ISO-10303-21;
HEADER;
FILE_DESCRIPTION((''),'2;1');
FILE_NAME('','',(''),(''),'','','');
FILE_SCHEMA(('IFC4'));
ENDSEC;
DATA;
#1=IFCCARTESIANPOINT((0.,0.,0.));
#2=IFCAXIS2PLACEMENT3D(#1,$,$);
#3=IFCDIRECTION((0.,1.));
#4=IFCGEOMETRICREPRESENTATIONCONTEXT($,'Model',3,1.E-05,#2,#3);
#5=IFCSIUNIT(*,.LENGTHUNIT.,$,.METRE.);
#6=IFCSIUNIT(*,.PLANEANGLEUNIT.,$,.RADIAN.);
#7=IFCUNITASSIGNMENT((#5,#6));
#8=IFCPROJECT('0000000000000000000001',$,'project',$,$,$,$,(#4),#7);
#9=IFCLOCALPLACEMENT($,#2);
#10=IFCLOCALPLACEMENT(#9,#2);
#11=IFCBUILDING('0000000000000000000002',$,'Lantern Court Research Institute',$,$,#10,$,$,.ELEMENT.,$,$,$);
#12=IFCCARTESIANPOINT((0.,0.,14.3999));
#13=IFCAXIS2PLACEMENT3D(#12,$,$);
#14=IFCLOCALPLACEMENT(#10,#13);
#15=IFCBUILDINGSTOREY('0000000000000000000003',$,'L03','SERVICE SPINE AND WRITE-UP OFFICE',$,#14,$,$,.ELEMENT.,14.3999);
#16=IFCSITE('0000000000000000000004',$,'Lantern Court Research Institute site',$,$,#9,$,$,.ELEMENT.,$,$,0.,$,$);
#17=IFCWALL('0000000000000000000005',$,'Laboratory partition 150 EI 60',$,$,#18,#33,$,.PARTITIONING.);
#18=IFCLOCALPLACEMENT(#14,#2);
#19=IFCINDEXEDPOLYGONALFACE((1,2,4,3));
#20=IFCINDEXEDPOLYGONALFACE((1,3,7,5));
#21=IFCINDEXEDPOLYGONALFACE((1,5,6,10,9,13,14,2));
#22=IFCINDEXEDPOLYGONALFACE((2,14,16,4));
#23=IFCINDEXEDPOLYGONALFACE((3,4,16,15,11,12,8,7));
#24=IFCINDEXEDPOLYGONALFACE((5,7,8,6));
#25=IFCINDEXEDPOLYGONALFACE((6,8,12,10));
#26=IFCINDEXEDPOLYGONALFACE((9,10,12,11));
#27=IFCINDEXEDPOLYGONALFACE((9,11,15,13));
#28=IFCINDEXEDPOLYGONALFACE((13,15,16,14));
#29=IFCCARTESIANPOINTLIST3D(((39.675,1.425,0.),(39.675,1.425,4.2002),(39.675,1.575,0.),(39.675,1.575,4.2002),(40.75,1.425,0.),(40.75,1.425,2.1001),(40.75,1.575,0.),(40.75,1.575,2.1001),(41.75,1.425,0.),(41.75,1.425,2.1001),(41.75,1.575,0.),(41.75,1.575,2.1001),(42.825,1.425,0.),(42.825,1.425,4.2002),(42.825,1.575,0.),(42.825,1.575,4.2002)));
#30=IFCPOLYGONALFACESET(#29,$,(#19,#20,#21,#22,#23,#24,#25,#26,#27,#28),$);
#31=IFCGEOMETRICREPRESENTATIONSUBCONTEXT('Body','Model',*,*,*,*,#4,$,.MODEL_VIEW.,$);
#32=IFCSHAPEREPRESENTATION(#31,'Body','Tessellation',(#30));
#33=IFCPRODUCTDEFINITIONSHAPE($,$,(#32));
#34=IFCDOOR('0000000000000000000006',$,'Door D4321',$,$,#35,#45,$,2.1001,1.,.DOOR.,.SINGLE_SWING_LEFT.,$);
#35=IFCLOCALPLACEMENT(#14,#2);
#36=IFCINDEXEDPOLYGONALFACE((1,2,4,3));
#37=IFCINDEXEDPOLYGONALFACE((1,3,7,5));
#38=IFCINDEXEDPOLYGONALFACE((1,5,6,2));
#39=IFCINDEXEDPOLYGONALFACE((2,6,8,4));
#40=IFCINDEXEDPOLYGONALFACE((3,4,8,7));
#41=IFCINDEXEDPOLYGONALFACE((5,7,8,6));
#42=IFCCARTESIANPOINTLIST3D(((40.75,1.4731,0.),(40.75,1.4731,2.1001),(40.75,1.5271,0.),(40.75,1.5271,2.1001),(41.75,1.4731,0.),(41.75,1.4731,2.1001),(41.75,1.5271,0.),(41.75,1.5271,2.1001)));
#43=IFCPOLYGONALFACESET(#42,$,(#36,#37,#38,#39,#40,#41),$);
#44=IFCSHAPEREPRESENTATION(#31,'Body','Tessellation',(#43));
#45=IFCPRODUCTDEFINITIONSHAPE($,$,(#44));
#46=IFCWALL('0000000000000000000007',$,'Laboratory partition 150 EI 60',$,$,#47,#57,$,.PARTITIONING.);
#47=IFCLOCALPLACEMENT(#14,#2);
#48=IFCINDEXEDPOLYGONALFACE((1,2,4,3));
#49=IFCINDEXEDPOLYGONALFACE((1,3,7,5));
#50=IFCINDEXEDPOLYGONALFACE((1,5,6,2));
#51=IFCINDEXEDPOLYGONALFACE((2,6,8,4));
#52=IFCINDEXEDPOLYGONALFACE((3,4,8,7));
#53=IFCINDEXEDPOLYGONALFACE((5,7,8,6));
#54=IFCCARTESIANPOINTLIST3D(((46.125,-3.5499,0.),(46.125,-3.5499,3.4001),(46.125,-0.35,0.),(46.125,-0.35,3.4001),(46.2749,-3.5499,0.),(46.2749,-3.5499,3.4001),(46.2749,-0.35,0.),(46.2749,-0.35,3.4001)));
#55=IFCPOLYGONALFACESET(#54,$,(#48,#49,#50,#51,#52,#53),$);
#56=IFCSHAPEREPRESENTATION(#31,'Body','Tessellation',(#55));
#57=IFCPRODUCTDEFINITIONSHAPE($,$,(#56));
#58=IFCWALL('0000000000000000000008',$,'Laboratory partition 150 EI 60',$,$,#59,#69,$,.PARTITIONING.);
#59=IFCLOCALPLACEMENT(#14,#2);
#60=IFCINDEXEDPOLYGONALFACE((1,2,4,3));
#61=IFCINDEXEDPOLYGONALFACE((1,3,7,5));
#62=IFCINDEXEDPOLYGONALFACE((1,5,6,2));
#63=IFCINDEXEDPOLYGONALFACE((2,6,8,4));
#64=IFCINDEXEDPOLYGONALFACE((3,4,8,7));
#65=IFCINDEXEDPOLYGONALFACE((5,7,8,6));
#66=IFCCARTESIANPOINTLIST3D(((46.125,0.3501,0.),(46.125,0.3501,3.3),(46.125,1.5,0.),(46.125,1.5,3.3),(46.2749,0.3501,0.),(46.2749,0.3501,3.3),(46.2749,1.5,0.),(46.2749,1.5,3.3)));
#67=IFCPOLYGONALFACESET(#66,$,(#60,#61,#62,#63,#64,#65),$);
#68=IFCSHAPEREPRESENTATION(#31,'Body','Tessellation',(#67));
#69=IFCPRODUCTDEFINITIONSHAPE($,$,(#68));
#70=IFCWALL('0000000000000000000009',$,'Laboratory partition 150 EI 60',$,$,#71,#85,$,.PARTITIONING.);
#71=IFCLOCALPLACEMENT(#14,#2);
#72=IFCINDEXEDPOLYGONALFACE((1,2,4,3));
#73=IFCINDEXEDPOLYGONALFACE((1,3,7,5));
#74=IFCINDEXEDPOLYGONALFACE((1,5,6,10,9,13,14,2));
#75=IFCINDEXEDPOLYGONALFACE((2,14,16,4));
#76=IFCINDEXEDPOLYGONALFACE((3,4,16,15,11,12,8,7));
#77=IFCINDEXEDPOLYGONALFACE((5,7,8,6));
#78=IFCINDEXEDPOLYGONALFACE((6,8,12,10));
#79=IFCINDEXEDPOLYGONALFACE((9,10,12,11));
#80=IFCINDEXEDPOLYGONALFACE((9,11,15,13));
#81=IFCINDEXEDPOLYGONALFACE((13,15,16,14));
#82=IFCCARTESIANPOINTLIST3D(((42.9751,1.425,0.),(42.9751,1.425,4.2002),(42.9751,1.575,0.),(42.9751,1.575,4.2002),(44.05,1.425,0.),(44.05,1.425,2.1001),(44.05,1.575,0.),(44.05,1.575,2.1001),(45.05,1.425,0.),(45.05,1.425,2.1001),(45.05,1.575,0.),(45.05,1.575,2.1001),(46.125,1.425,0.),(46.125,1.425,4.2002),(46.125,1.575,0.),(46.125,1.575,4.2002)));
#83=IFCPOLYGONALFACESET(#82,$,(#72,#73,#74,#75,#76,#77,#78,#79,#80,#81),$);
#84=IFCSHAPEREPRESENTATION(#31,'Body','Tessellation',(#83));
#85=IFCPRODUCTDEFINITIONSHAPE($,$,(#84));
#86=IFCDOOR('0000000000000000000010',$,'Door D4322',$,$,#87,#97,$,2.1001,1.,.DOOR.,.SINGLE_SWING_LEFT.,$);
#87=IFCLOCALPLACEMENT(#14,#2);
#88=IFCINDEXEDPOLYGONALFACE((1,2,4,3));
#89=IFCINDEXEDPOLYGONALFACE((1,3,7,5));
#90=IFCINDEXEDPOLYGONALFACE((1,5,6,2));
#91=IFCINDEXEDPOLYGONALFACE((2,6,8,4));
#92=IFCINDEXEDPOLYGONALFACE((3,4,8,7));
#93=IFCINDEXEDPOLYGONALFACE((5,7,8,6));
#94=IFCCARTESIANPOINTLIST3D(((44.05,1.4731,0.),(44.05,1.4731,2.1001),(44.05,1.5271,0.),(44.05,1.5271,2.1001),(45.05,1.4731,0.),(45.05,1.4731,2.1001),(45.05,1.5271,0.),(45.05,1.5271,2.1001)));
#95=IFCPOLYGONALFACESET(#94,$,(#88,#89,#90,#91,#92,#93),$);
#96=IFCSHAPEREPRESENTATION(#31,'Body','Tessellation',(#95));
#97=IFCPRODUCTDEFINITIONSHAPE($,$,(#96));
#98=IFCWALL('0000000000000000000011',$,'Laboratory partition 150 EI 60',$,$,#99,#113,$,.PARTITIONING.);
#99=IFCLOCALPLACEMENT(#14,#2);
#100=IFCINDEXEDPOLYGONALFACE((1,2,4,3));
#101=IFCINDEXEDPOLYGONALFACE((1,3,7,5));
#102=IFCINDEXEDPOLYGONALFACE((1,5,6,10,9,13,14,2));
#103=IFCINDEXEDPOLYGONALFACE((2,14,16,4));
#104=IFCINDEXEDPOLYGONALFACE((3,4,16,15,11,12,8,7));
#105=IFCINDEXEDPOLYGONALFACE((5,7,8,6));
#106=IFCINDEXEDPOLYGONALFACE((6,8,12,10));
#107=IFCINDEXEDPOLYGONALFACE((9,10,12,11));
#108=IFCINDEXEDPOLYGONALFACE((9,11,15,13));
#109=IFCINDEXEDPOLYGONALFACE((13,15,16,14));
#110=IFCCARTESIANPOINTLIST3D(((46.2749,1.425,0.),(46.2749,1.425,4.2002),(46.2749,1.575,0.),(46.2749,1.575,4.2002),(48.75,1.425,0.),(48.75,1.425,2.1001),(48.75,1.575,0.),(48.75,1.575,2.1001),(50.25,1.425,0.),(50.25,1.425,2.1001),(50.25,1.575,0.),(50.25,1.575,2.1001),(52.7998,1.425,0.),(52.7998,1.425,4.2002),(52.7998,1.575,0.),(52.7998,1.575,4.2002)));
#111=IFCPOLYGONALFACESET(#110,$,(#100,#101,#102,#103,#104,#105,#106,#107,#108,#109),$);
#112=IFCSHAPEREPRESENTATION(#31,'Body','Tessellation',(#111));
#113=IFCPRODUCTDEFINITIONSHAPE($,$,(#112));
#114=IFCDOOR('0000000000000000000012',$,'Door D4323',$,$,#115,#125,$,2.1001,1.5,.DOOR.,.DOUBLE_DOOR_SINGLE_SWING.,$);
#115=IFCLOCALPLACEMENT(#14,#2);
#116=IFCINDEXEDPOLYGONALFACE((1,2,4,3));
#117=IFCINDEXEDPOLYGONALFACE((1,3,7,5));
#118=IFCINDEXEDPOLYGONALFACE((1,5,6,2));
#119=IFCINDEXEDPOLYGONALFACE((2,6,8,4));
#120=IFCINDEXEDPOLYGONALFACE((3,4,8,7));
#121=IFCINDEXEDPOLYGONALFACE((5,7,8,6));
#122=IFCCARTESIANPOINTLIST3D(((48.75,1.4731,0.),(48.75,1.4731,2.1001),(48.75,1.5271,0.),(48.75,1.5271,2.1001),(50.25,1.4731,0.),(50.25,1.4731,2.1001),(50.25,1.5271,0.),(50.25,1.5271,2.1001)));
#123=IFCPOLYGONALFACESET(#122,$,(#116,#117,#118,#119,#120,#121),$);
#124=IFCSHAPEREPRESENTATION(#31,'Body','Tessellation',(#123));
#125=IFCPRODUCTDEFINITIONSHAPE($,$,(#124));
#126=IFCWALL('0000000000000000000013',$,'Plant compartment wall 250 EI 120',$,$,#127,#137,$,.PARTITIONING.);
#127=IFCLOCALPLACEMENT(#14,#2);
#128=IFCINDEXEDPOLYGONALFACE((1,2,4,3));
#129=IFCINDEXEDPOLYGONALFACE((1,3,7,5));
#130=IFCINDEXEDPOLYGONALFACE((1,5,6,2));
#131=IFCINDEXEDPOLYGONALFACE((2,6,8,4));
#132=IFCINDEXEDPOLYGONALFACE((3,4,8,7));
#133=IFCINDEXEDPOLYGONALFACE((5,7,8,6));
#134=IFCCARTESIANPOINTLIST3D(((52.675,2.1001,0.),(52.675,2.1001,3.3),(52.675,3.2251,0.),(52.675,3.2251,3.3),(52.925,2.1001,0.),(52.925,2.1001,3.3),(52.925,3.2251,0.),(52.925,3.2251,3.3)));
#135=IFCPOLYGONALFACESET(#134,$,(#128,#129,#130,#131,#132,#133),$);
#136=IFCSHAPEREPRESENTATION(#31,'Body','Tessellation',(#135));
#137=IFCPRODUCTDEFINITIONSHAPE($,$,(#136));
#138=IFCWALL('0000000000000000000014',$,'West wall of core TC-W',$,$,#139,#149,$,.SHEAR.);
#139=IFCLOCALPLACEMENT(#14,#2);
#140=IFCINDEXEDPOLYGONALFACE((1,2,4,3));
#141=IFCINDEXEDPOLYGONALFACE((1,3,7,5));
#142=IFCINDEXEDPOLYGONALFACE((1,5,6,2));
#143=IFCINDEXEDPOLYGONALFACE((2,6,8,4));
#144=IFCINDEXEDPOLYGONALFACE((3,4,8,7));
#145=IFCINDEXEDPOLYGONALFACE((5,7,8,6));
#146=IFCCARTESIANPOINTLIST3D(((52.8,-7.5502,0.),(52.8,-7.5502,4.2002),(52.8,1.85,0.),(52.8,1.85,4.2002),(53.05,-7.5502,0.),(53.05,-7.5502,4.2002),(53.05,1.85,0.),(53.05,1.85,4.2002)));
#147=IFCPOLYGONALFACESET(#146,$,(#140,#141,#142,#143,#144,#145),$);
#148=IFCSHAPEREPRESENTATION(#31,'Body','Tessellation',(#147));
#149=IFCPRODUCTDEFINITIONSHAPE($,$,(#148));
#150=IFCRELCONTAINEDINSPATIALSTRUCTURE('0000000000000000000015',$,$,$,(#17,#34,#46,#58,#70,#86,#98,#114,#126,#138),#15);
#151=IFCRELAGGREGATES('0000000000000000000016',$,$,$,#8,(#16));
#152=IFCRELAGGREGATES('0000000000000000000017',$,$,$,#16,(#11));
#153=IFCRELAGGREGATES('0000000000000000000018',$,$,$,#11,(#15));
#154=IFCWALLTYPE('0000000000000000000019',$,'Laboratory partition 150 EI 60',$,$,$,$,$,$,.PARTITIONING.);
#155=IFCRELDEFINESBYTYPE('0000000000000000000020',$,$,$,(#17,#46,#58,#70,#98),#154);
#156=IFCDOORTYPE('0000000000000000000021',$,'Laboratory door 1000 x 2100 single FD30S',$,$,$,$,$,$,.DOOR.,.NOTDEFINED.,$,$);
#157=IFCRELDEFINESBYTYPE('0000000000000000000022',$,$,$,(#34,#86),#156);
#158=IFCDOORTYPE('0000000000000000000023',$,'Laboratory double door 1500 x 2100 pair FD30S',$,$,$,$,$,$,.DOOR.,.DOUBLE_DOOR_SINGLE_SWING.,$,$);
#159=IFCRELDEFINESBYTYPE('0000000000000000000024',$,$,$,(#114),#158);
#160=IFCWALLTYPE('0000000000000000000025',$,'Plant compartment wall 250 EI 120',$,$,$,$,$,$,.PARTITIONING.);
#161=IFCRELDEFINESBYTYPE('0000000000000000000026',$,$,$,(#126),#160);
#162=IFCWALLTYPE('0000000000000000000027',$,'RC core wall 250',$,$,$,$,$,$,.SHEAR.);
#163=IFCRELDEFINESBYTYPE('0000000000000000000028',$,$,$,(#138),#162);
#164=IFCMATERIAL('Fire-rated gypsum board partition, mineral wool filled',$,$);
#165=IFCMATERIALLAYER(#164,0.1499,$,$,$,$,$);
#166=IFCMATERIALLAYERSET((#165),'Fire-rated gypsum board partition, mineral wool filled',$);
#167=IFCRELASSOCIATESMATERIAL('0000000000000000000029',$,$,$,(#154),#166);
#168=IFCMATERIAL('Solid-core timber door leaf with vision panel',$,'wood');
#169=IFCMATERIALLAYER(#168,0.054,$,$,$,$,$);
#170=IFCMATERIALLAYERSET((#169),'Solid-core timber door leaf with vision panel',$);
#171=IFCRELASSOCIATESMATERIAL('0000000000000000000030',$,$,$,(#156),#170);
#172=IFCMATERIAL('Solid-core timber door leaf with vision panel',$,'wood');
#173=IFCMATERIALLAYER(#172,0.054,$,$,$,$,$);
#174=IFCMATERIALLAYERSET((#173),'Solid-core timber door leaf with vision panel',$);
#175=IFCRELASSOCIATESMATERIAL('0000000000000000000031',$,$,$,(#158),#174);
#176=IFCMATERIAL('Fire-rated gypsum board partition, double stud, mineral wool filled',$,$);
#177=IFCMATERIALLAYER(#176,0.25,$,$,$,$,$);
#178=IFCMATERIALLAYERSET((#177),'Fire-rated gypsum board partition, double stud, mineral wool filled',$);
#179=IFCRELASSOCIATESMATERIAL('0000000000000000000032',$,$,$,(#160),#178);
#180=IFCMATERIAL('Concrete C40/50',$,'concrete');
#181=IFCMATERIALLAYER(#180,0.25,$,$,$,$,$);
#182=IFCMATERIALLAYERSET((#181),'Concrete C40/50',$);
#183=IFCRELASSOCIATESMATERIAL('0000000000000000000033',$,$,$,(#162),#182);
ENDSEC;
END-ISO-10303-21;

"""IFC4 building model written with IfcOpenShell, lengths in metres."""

from ifc_helpers import new_model, si_unit, direction, frame, frame_2d, origin, place, context, subcontext, project, spatial, rectangle, extrude, material, layer, layer_set, type_object, element, fill, save


model = new_model("IFC4")

# Units and contexts
model_context = context("Model", 3, precision=1e-05, world=origin(), true_north=direction((0.0, 1.0)))
body_context = subcontext(model_context, "Body", "Model", "MODEL_VIEW")
ifc_project = project(units=[si_unit("LENGTHUNIT", "METRE"), si_unit("PLANEANGLEUNIT", "RADIAN")], contexts=[model_context])

# Site, building, storey
site_placement = place(None, origin())
site = spatial("IfcSite", under=ifc_project, at=site_placement, Name="Lantern Court Research Institute site", CompositionType="ELEMENT", RefElevation=0.0)
building_placement = place(site_placement, origin())
building = spatial("IfcBuilding", under=site, at=building_placement, Name="Lantern Court Research Institute", CompositionType="ELEMENT")
storey_placement = place(building_placement, frame((0.0, 0.0, 14.3999)))
storey = spatial("IfcBuildingStorey", under=building, at=storey_placement, Name="L03", Description="SERVICE SPINE AND WRITE-UP OFFICE", CompositionType="ELEMENT", Elevation=14.3999)

# Shared definitions
ifc_material_1 = material(Name="Fire-rated gypsum board partition, mineral wool filled")
ifc_layer_1 = layer(ifc_material_1, 0.1499)
ifc_layer_set_1 = layer_set([ifc_layer_1], Name="Fire-rated gypsum board partition, mineral wool filled")
wall_type_1 = type_object("IfcWallType", Name="Laboratory partition 150 EI 60", PredefinedType="PARTITIONING", material=ifc_layer_set_1)

# Wall, opening, door
wall_1_placement = place(storey_placement, frame((42.825, 1.5, 0.0), z_axis=(0.0, 0.0, 1.0), x_axis=(-1.0, 0.0, 0.0)))
wall_1 = element("IfcWall", 1, at=wall_1_placement, inside=storey, type_object=wall_type_1, Name="Laboratory partition 150 EI 60", PredefinedType="PARTITIONING", context=body_context, shape_type="SweptSolid", body=[
    extrude(rectangle(XDim=3.1499, YDim=0.1499, at=frame_2d((1.575, 0.0))), origin(), (0.0, 0.0, 1.0), 4.2002),
])
opening_1_placement = place(wall_1_placement, frame((1.075, 0.0, 0.0)))
opening_1 = element("IfcOpeningElement", 2, at=opening_1_placement, cuts=wall_1, PredefinedType="OPENING", context=body_context, shape_type="SweptSolid", body=[
    extrude(rectangle(XDim=1.0, YDim=2.1001, at=frame_2d((0.5, 1.05))), frame((0.0, 0.085, 0.0), z_axis=(0.0, -1.0, 0.0), x_axis=(1.0, 0.0, 0.0)), (0.0, 0.0, 1.0), 0.1699),
])
ifc_material_2 = material(Name="Solid-core timber door leaf with vision panel", Category="wood")
ifc_layer_2 = layer(ifc_material_2, 0.054)
ifc_layer_set_2 = layer_set([ifc_layer_2], Name="Solid-core timber door leaf with vision panel")
door_type_1 = type_object("IfcDoorType", Name="Laboratory door 1000 x 2100 single FD30S", OperationType="NOTDEFINED", PredefinedType="DOOR", material=ifc_layer_set_2)
door_1_placement = place(opening_1_placement, origin())
door_1 = element("IfcDoor", 3, at=door_1_placement, inside=storey, type_object=door_type_1, Name="Door D4321", OperationType="SINGLE_SWING_LEFT", OverallHeight=2.1001, OverallWidth=1.0, PredefinedType="DOOR", context=body_context, shape_type="SweptSolid", body=[
    extrude(rectangle(XDim=1.0, YDim=2.1001, at=frame_2d((0.5, 1.05))), frame((0.0, 0.0269, 0.0), z_axis=(0.0, -1.0, 0.0), x_axis=(1.0, 0.0, 0.0)), (0.0, 0.0, 1.0), 0.054),
])
fill(opening_1, door_1)

# Walls
wall_2_placement = place(storey_placement, frame((46.2, -3.55, 0.0), z_axis=(0.0, 0.0, 1.0), x_axis=(0.0, 1.0, 0.0)))
element("IfcWall", 4, at=wall_2_placement, inside=storey, type_object=wall_type_1, Name="Laboratory partition 150 EI 60", PredefinedType="PARTITIONING", context=body_context, shape_type="SweptSolid", body=[
    extrude(rectangle(XDim=3.2, YDim=0.1499, at=frame_2d((1.6001, 0.0))), origin(), (0.0, 0.0, 1.0), 3.4001),
])
wall_3_placement = place(storey_placement, frame((46.2, 0.3501, 0.0), z_axis=(0.0, 0.0, 1.0), x_axis=(0.0, 1.0, 0.0)))
element("IfcWall", 5, at=wall_3_placement, inside=storey, type_object=wall_type_1, Name="Laboratory partition 150 EI 60", PredefinedType="PARTITIONING", context=body_context, shape_type="SweptSolid", body=[
    extrude(rectangle(XDim=1.1499, YDim=0.1499, at=frame_2d((0.575, 0.0))), origin(), (0.0, 0.0, 1.0), 3.3),
])

# Walls, openings, doors
wall_4_placement = place(storey_placement, frame((46.125, 1.5, 0.0), z_axis=(0.0, 0.0, 1.0), x_axis=(-1.0, 0.0, 0.0)))
wall_4 = element("IfcWall", 6, at=wall_4_placement, inside=storey, type_object=wall_type_1, Name="Laboratory partition 150 EI 60", PredefinedType="PARTITIONING", context=body_context, shape_type="SweptSolid", body=[
    extrude(rectangle(XDim=3.1499, YDim=0.1499, at=frame_2d((1.575, 0.0))), origin(), (0.0, 0.0, 1.0), 4.2002),
])
opening_2_placement = place(wall_4_placement, frame((1.075, 0.0, 0.0)))
opening_2 = element("IfcOpeningElement", 7, at=opening_2_placement, cuts=wall_4, PredefinedType="OPENING", context=body_context, shape_type="SweptSolid", body=[
    extrude(rectangle(XDim=1.0, YDim=2.1001, at=frame_2d((0.5, 1.05))), frame((0.0, 0.085, 0.0), z_axis=(0.0, -1.0, 0.0), x_axis=(1.0, 0.0, 0.0)), (0.0, 0.0, 1.0), 0.1699),
])
door_2_placement = place(opening_2_placement, origin())
door_2 = element("IfcDoor", 8, at=door_2_placement, inside=storey, type_object=door_type_1, Name="Door D4322", OperationType="SINGLE_SWING_LEFT", OverallHeight=2.1001, OverallWidth=1.0, PredefinedType="DOOR", context=body_context, shape_type="SweptSolid", body=[
    extrude(rectangle(XDim=1.0, YDim=2.1001, at=frame_2d((0.5, 1.05))), frame((0.0, 0.0269, 0.0), z_axis=(0.0, -1.0, 0.0), x_axis=(1.0, 0.0, 0.0)), (0.0, 0.0, 1.0), 0.054),
])
fill(opening_2, door_2)
wall_5_placement = place(storey_placement, frame((52.7998, 1.5, 0.0), z_axis=(0.0, 0.0, 1.0), x_axis=(-1.0, 0.0, 0.0)))
wall_5 = element("IfcWall", 9, at=wall_5_placement, inside=storey, type_object=wall_type_1, Name="Laboratory partition 150 EI 60", PredefinedType="PARTITIONING", context=body_context, shape_type="SweptSolid", body=[
    extrude(rectangle(XDim=6.5249, YDim=0.1499, at=frame_2d((3.2625, 0.0))), origin(), (0.0, 0.0, 1.0), 4.2002),
])
opening_3_placement = place(wall_5_placement, frame((2.5498, 0.0, 0.0)))
opening_3 = element("IfcOpeningElement", 10, at=opening_3_placement, cuts=wall_5, PredefinedType="OPENING", context=body_context, shape_type="SweptSolid", body=[
    extrude(rectangle(XDim=1.5, YDim=2.1001, at=frame_2d((0.75, 1.05))), frame((0.0, 0.085, 0.0), z_axis=(0.0, -1.0, 0.0), x_axis=(1.0, 0.0, 0.0)), (0.0, 0.0, 1.0), 0.1699),
])
ifc_material_3 = material(Name="Solid-core timber door leaf with vision panel", Category="wood")
ifc_layer_3 = layer(ifc_material_3, 0.054)
ifc_layer_set_3 = layer_set([ifc_layer_3], Name="Solid-core timber door leaf with vision panel")
door_type_2 = type_object("IfcDoorType", Name="Laboratory double door 1500 x 2100 pair FD30S", OperationType="DOUBLE_DOOR_SINGLE_SWING", PredefinedType="DOOR", material=ifc_layer_set_3)
door_3_placement = place(opening_3_placement, origin())
door_3 = element("IfcDoor", 11, at=door_3_placement, inside=storey, type_object=door_type_2, Name="Door D4323", OperationType="DOUBLE_DOOR_SINGLE_SWING", OverallHeight=2.1001, OverallWidth=1.5, PredefinedType="DOOR", context=body_context, shape_type="SweptSolid", body=[
    extrude(rectangle(XDim=1.5, YDim=2.1001, at=frame_2d((0.75, 1.05))), frame((0.0, 0.0269, 0.0), z_axis=(0.0, -1.0, 0.0), x_axis=(1.0, 0.0, 0.0)), (0.0, 0.0, 1.0), 0.054),
])
fill(opening_3, door_3)

# Walls
ifc_material_4 = material(Name="Fire-rated gypsum board partition, double stud, mineral wool filled")
ifc_layer_4 = layer(ifc_material_4, 0.25)
ifc_layer_set_4 = layer_set([ifc_layer_4], Name="Fire-rated gypsum board partition, double stud, mineral wool filled")
wall_type_2 = type_object("IfcWallType", Name="Plant compartment wall 250 EI 120", PredefinedType="PARTITIONING", material=ifc_layer_set_4)
wall_6_placement = place(storey_placement, frame((52.8, 2.1001, 0.0), z_axis=(0.0, 0.0, 1.0), x_axis=(0.0, 1.0, 0.0)))
element("IfcWall", 12, at=wall_6_placement, inside=storey, type_object=wall_type_2, Name="Plant compartment wall 250 EI 120", PredefinedType="PARTITIONING", context=body_context, shape_type="SweptSolid", body=[
    extrude(rectangle(XDim=1.125, YDim=0.25, at=frame_2d((0.5625, 0.0))), origin(), (0.0, 0.0, 1.0), 3.3),
])
ifc_material_5 = material(Name="Concrete C40/50", Category="concrete")
ifc_layer_5 = layer(ifc_material_5, 0.25)
ifc_layer_set_5 = layer_set([ifc_layer_5], Name="Concrete C40/50")
wall_type_3 = type_object("IfcWallType", Name="RC core wall 250", PredefinedType="SHEAR", material=ifc_layer_set_5)
wall_7_placement = place(storey_placement, frame((52.925, 1.8501, 0.0), z_axis=(0.0, 0.0, 1.0), x_axis=(0.0, -1.0, 0.0)))
element("IfcWall", 13, at=wall_7_placement, inside=storey, type_object=wall_type_3, Name="West wall of core TC-W", PredefinedType="SHEAR", context=body_context, shape_type="SweptSolid", body=[
    extrude(rectangle(XDim=9.4001, YDim=0.25, at=frame_2d((4.7002, 0.0))), origin(), (0.0, 0.0, 1.0), 4.2002),
])

save(model, "model.ifc")
